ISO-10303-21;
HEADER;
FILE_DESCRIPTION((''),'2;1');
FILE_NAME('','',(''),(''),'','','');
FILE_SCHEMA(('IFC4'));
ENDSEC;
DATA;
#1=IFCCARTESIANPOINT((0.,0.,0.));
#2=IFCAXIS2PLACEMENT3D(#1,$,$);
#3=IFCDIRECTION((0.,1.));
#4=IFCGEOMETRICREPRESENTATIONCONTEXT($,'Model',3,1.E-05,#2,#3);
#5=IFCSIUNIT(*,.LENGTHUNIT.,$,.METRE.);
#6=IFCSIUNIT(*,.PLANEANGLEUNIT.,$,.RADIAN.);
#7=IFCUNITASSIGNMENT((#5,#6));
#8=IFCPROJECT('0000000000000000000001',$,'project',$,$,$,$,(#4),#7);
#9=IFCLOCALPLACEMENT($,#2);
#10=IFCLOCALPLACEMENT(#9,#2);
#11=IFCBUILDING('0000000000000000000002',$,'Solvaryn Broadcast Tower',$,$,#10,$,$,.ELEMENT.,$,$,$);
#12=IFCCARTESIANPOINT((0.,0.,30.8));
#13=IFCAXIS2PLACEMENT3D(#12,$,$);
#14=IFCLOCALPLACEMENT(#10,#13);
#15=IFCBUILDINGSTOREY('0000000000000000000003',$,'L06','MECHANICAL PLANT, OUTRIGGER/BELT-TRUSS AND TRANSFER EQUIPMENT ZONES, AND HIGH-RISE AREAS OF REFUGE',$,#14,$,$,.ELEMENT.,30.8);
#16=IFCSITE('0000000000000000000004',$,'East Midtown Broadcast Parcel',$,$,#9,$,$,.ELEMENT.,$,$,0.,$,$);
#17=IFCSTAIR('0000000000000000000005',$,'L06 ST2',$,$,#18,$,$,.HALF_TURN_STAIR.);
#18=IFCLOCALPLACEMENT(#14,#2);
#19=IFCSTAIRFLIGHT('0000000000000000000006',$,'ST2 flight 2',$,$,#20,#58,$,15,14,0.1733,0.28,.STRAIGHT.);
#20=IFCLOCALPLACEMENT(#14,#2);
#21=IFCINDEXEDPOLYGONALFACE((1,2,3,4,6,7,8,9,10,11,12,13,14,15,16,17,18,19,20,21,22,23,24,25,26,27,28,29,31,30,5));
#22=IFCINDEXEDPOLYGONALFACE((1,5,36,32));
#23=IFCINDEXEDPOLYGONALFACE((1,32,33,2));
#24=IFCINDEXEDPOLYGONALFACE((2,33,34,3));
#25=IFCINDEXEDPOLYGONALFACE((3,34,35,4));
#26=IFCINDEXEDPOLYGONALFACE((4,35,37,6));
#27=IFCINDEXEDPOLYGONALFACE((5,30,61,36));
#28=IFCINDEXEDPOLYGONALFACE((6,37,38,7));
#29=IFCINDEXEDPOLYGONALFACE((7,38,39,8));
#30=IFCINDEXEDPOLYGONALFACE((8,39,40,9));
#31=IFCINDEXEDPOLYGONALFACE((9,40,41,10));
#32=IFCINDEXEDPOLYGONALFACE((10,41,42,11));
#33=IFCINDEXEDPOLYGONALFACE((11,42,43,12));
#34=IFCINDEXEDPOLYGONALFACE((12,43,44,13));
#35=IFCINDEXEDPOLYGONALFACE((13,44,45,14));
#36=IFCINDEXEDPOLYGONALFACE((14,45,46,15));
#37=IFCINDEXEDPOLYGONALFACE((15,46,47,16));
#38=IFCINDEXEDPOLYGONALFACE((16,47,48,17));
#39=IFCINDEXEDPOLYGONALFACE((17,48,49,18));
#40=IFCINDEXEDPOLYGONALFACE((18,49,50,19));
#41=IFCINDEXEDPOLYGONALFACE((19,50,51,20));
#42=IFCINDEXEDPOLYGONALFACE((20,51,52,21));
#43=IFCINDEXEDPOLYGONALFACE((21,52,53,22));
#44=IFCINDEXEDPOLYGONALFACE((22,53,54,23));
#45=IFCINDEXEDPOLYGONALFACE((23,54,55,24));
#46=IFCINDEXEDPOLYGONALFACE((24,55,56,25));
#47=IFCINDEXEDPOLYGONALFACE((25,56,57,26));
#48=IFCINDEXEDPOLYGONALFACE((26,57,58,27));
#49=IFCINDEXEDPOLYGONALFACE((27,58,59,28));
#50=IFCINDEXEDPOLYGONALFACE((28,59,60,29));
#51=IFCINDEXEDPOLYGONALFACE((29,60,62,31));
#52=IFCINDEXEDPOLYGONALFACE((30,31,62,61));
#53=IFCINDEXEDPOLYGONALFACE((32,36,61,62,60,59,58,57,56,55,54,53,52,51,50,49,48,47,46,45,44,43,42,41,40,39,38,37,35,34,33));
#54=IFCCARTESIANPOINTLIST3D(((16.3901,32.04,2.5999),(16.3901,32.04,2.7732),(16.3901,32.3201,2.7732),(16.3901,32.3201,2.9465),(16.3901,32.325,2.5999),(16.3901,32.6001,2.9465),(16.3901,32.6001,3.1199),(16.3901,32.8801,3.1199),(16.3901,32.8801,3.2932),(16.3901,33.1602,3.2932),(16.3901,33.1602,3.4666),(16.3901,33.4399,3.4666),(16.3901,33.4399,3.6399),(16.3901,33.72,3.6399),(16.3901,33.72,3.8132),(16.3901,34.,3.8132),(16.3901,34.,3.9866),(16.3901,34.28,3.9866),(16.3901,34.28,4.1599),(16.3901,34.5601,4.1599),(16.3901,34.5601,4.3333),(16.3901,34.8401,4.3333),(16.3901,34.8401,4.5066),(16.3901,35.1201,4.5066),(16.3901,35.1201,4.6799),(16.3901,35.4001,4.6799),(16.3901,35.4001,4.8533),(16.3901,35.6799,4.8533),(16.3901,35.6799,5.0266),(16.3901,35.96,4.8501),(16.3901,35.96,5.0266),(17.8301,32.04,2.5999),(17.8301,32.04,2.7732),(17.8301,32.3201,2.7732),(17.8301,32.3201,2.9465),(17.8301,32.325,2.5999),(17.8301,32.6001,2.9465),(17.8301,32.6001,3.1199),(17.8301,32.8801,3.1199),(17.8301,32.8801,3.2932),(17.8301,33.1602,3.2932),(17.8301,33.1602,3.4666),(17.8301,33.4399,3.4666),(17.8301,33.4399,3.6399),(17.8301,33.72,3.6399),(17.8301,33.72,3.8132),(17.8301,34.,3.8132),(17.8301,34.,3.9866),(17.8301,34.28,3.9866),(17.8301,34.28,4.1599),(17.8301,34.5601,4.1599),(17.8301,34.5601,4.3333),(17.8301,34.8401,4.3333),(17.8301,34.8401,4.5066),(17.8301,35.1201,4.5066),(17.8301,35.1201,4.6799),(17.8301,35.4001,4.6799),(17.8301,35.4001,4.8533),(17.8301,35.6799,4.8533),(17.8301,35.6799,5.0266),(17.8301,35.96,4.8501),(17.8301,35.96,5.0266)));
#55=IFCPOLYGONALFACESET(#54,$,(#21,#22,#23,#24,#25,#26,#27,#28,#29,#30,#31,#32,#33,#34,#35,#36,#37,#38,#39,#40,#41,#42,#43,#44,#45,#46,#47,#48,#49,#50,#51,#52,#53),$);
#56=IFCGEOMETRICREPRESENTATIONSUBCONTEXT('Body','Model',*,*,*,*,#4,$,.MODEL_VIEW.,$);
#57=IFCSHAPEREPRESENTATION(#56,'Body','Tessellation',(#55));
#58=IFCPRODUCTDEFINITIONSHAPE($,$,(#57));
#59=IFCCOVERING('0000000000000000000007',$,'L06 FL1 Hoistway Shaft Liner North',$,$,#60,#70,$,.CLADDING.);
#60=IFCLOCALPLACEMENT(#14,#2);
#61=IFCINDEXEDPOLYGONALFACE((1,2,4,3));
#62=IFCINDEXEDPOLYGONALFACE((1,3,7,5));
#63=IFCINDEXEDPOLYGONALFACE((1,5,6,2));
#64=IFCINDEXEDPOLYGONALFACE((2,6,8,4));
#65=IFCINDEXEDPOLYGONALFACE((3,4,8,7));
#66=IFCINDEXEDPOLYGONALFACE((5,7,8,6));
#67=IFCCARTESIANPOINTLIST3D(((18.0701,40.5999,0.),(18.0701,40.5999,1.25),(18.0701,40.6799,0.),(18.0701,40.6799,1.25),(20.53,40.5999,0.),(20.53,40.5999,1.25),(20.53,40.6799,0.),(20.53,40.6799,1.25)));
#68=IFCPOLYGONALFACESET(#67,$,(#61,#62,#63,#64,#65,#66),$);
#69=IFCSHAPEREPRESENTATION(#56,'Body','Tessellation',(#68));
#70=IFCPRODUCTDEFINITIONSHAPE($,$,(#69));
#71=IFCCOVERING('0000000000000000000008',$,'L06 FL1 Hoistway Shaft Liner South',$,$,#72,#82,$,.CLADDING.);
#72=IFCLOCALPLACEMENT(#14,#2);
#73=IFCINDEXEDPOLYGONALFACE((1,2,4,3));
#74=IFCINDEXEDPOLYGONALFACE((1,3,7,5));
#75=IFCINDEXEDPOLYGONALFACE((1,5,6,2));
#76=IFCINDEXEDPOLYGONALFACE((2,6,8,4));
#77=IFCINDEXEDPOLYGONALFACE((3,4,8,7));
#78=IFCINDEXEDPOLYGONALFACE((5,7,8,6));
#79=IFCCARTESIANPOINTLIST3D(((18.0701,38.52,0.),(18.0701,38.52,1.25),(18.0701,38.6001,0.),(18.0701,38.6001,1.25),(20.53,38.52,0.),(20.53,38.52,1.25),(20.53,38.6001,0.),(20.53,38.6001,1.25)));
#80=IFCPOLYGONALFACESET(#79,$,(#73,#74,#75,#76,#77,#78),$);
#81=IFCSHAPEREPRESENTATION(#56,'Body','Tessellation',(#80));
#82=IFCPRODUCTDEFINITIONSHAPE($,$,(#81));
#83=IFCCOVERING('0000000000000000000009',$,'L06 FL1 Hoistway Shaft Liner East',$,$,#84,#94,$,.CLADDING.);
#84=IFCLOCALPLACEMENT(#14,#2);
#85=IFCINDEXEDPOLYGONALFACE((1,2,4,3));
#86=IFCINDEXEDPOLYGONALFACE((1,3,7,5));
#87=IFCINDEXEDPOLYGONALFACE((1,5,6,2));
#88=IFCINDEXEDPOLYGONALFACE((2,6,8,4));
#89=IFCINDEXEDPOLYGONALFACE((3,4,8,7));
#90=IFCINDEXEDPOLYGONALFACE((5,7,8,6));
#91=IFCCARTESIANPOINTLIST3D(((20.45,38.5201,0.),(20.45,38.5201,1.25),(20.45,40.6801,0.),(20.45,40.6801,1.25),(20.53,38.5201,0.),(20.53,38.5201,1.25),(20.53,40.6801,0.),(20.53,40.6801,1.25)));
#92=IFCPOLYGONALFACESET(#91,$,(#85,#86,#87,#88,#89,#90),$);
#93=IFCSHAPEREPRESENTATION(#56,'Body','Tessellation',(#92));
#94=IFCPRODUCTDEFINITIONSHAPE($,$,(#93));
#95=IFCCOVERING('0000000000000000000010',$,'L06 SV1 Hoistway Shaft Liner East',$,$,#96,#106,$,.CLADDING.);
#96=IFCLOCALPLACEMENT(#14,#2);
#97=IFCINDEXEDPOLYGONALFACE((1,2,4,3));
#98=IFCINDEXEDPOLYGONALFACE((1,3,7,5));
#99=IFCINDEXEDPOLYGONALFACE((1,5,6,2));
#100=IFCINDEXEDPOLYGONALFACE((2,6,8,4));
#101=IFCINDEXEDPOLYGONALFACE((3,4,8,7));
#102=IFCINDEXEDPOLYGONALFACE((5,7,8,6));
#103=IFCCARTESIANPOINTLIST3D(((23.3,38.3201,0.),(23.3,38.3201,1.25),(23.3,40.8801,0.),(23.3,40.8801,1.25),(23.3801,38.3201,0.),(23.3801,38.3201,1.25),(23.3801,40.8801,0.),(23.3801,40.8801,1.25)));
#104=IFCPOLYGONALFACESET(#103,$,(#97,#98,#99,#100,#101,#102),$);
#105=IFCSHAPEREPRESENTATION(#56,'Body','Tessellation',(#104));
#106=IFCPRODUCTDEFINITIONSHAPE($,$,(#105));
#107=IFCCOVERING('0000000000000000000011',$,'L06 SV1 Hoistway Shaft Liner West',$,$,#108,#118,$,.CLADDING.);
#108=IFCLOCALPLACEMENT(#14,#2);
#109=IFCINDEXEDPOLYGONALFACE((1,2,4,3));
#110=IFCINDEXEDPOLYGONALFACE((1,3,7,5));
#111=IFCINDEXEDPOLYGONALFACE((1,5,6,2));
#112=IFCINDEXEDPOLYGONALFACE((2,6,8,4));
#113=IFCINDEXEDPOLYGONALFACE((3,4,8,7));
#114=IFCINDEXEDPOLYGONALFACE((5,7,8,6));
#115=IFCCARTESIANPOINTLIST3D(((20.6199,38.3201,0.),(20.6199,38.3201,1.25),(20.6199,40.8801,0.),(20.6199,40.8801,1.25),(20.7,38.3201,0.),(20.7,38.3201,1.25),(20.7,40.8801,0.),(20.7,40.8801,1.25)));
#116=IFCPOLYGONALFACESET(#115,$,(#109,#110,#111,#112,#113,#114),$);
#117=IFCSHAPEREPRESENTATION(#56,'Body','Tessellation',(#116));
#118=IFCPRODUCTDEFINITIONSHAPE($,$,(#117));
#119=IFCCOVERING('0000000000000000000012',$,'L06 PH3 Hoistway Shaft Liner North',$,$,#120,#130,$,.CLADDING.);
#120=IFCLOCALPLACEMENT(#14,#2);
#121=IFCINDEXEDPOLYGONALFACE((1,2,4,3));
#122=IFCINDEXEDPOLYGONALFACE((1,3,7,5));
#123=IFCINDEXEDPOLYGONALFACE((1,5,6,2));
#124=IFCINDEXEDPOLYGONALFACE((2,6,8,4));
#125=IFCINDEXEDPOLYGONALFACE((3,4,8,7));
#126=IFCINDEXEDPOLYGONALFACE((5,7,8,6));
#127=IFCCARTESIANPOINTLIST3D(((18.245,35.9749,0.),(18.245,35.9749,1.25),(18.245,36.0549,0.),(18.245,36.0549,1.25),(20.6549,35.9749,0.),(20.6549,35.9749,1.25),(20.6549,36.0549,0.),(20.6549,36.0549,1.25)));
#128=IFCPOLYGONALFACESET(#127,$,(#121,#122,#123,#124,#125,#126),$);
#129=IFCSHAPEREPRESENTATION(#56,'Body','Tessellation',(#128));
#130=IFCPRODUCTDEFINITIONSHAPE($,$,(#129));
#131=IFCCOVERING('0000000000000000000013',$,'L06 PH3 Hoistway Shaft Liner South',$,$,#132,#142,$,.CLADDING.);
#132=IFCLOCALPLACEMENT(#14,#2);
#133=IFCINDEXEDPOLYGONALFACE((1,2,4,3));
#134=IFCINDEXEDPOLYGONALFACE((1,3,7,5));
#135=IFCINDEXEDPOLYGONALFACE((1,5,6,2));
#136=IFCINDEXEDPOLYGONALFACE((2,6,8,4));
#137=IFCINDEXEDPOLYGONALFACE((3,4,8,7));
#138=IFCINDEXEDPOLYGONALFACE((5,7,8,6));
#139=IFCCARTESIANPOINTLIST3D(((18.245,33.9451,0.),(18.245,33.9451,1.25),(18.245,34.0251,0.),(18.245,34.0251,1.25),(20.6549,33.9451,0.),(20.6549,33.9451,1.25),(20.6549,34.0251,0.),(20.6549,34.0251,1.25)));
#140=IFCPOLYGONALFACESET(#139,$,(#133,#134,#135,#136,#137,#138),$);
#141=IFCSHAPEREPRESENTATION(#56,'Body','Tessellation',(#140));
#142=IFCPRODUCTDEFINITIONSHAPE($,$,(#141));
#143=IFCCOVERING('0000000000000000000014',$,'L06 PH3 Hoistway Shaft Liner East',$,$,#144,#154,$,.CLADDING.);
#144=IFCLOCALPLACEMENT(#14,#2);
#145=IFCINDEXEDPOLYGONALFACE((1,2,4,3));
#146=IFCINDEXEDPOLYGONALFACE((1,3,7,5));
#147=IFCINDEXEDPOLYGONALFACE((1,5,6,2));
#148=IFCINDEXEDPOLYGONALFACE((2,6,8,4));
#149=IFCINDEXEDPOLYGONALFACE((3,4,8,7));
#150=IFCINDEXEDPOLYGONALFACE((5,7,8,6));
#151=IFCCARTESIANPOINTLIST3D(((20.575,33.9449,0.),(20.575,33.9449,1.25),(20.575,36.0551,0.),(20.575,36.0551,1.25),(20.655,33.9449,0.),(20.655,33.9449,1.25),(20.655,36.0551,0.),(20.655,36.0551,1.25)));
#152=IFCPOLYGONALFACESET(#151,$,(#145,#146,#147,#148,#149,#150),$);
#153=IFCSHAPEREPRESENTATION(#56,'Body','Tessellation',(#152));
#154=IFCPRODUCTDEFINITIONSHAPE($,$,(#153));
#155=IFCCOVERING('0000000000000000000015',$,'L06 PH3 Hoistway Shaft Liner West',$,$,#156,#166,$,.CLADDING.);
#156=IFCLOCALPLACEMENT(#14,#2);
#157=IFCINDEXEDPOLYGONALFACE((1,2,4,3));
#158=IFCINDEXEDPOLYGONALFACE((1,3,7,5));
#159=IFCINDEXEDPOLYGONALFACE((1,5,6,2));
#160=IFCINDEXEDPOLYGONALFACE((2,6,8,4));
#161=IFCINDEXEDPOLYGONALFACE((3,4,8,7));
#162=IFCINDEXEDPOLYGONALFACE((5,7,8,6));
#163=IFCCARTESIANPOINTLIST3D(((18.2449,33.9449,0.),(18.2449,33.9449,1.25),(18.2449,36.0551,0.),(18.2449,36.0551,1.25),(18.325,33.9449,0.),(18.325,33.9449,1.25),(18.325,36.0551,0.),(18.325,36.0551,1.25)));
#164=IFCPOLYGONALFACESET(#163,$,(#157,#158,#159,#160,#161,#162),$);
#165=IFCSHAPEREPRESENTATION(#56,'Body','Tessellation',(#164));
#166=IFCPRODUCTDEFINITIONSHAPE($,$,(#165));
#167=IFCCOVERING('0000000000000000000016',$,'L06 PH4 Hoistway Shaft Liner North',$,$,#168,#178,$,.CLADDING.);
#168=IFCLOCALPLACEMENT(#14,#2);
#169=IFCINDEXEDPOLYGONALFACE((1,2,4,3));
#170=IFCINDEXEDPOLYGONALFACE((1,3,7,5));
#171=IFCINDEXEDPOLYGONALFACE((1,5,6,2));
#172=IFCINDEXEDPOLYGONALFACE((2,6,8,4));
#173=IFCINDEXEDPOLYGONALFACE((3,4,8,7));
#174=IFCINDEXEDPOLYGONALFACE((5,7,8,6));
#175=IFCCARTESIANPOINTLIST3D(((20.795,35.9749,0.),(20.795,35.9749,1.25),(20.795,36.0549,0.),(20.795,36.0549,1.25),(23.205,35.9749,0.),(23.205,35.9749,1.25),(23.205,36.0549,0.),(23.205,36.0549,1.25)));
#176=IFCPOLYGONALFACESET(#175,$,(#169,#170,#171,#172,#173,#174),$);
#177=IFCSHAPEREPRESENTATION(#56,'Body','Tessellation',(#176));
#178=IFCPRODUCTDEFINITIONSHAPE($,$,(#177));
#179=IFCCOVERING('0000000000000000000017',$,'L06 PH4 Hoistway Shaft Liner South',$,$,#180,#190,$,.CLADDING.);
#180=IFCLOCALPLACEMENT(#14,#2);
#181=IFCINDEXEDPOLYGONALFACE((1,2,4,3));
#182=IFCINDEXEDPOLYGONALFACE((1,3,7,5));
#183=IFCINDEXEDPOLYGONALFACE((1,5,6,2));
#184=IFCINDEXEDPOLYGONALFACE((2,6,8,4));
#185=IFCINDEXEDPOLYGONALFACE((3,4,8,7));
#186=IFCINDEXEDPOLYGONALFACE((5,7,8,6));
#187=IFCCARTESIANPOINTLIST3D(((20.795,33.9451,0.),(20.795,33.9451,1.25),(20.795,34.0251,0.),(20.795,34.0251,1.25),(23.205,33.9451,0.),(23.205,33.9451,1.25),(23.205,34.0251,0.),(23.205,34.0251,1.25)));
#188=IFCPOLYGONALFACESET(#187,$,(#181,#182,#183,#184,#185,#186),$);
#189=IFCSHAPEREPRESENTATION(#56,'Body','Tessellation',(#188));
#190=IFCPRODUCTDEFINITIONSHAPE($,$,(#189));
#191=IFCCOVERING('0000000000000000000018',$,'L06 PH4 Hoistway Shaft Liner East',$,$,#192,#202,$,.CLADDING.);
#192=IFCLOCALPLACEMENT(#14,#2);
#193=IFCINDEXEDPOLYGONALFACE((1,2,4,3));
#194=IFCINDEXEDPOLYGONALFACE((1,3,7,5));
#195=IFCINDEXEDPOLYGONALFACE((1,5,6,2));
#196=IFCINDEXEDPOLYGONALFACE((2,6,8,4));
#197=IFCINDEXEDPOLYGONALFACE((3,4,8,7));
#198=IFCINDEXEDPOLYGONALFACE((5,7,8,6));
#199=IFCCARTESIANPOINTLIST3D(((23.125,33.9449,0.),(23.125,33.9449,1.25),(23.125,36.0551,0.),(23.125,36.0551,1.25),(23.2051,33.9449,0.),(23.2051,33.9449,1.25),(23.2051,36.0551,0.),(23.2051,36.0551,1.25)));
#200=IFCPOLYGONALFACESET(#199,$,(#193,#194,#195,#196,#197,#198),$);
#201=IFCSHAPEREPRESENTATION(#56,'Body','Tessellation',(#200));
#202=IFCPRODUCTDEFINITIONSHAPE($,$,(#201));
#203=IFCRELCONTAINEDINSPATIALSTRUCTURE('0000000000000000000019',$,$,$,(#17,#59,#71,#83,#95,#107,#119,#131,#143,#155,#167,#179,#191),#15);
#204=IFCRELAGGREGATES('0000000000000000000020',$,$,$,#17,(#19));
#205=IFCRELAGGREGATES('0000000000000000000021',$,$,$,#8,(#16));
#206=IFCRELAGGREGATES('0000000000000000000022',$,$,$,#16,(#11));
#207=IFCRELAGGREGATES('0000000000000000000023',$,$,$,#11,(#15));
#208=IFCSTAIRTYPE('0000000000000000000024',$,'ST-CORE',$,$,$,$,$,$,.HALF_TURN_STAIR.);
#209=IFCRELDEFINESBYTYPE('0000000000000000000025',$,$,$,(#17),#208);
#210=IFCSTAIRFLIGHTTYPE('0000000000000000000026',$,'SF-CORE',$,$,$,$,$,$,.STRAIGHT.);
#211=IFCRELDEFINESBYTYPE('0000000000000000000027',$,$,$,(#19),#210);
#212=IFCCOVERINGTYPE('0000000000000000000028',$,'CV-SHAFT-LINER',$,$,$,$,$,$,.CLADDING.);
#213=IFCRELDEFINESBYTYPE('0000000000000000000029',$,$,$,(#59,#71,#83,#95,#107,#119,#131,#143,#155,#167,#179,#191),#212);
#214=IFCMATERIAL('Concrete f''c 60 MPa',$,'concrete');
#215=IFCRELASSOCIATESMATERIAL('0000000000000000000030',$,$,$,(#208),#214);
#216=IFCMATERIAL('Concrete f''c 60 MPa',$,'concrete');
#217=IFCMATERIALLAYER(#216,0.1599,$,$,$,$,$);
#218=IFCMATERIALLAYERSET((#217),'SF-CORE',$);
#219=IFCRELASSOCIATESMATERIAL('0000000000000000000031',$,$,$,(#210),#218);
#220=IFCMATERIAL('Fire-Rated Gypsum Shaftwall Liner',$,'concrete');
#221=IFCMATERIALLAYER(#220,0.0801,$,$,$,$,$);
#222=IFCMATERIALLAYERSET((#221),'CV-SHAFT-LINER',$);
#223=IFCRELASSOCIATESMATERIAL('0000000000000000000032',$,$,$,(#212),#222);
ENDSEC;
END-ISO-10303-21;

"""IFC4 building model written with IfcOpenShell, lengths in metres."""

from ifc_helpers import new_model, si_unit, direction, frame, origin, origin_2d, place, context, subcontext, project, spatial, polyline, rectangle, outline, extrude, material, layer, layer_set, type_object, element, aggregate, save


model = new_model("IFC4")

# Units and contexts
model_context = context("Model", 3, precision=1e-05, world=origin(), true_north=direction((0.0, 1.0)))
body_context = subcontext(model_context, "Body", "Model", "MODEL_VIEW")
ifc_project = project(units=[si_unit("LENGTHUNIT", "METRE"), si_unit("PLANEANGLEUNIT", "RADIAN")], contexts=[model_context])

# Site, building, storey
site_placement = place(None, origin())
site = spatial("IfcSite", under=ifc_project, at=site_placement, Name="East Midtown Broadcast Parcel", CompositionType="ELEMENT", RefElevation=0.0)
building_placement = place(site_placement, origin())
building = spatial("IfcBuilding", under=site, at=building_placement, Name="Solvaryn Broadcast Tower", CompositionType="ELEMENT")
storey_placement = place(building_placement, frame((0.0, 0.0, 30.8)))
storey = spatial("IfcBuildingStorey", under=building, at=storey_placement, Name="L06", Description="MECHANICAL PLANT, OUTRIGGER/BELT-TRUSS AND TRANSFER EQUIPMENT ZONES, AND HIGH-RISE AREAS OF REFUGE", CompositionType="ELEMENT", Elevation=30.8)

# Stair, stair flight
ifc_material_1 = material(Name="Concrete f'c 60 MPa", Category="concrete")
stair_type = type_object("IfcStairType", Name="ST-CORE", PredefinedType="HALF_TURN_STAIR", material=ifc_material_1)
stair_placement = place(storey_placement, origin())
stair = element("IfcStair", 1, at=stair_placement, inside=storey, type_object=stair_type, Name="L06 ST2", PredefinedType="HALF_TURN_STAIR")
ifc_material_2 = material(Name="Concrete f'c 60 MPa", Category="concrete")
ifc_layer_1 = layer(ifc_material_2, 0.1599)
ifc_layer_set_1 = layer_set([ifc_layer_1], Name="SF-CORE")
stair_flight_type = type_object("IfcStairFlightType", Name="SF-CORE", PredefinedType="STRAIGHT", material=ifc_layer_set_1)
stair_flight_1_placement = place(storey_placement, frame((17.1101, 32.04, 2.5999), z_axis=(0.0, 0.0, 1.0), x_axis=(0.0, 1.0, 0.0)))
stair_flight_1 = element("IfcStairFlight", 2, at=stair_flight_1_placement, type_object=stair_flight_type, Name="ST2 flight 2", NumberOfRisers=15, NumberOfTreads=14, PredefinedType="STRAIGHT", RiserHeight=0.1733, TreadLength=0.28, context=body_context, shape_type="SweptSolid", body=[
    extrude(outline(polyline([(0.0, 0.0), (0.0, 0.1733), (0.28, 0.1733), (0.28, 0.3467), (0.5601, 0.3467), (0.5601, 0.52), (0.8401, 0.52), (0.8401, 0.6934), (1.1201, 0.6934), (1.1201, 0.8667), (1.3999, 0.8667), (1.3999, 1.04), (1.6799, 1.04), (1.6799, 1.2134), (1.96, 1.2134), (1.96, 1.3867), (2.24, 1.3867), (2.24, 1.5601), (2.52, 1.5601), (2.52, 1.7334), (2.8, 1.7334), (2.8, 1.9067), (3.0801, 1.9067), (3.0801, 2.0801), (3.3601, 2.0801), (3.3601, 2.2534), (3.6399, 2.2534), (3.6399, 2.4268), (3.9199, 2.4268), (3.9199, 2.6001), (3.9199, 2.2502), (0.2849, 0.0), (0.0, 0.0)])), frame((0.0, 0.72, 0.0), z_axis=(0.0, -1.0, 0.0), x_axis=(1.0, 0.0, 0.0)), (0.0, 0.0, 1.0), 1.4399),
])
aggregate(stair, [stair_flight_1])

# Coverings
ifc_material_3 = material(Name="Fire-Rated Gypsum Shaftwall Liner", Category="concrete")
ifc_layer_2 = layer(ifc_material_3, 0.0801)
ifc_layer_set_2 = layer_set([ifc_layer_2], Name="CV-SHAFT-LINER")
covering_type = type_object("IfcCoveringType", Name="CV-SHAFT-LINER", PredefinedType="CLADDING", material=ifc_layer_set_2)
for number, where, z_axis, x_axis, name in (
    (3, (19.3, 40.6399, 0.0), (0.0, 0.0, 1.0), (1.0, 0.0, 0.0), "L06 FL1 Hoistway Shaft Liner North"),
    (4, (19.3, 38.5601, 0.0), (0.0, 0.0, 1.0), (1.0, 0.0, 0.0), "L06 FL1 Hoistway Shaft Liner South"),
):
    element("IfcCovering", number, at=place(storey_placement, frame(where, z_axis=z_axis, x_axis=x_axis)), inside=storey, type_object=covering_type, Name=name, PredefinedType="CLADDING", context=body_context, shape_type="SweptSolid", body=[
        extrude(rectangle(XDim=2.46, YDim=0.0801, at=origin_2d()), origin(), (0.0, 0.0, 1.0), 1.25),
    ])
covering_placement = place(storey_placement, frame((20.49, 39.6001, 0.0), z_axis=(0.0, 0.0, 1.0), x_axis=(1.0, 0.0, 0.0)))
element("IfcCovering", 5, at=covering_placement, inside=storey, type_object=covering_type, Name="L06 FL1 Hoistway Shaft Liner East", PredefinedType="CLADDING", context=body_context, shape_type="SweptSolid", body=[
    extrude(rectangle(XDim=0.0801, YDim=2.1599, at=origin_2d()), origin(), (0.0, 0.0, 1.0), 1.25),
])
for number, where, z_axis, x_axis, name in (
    (6, (23.3401, 39.6001, 0.0), (0.0, 0.0, 1.0), (1.0, 0.0, 0.0), "L06 SV1 Hoistway Shaft Liner East"),
    (7, (20.6599, 39.6001, 0.0), (0.0, 0.0, 1.0), (1.0, 0.0, 0.0), "L06 SV1 Hoistway Shaft Liner West"),
):
    element("IfcCovering", number, at=place(storey_placement, frame(where, z_axis=z_axis, x_axis=x_axis)), inside=storey, type_object=covering_type, Name=name, PredefinedType="CLADDING", context=body_context, shape_type="SweptSolid", body=[
        extrude(rectangle(XDim=0.0801, YDim=2.5601, at=origin_2d()), origin(), (0.0, 0.0, 1.0), 1.25),
    ])
for number, where, z_axis, x_axis, name in (
    (8, (19.45, 36.0149, 0.0), (0.0, 0.0, 1.0), (1.0, 0.0, 0.0), "L06 PH3 Hoistway Shaft Liner North"),
    (9, (19.45, 33.9851, 0.0), (0.0, 0.0, 1.0), (1.0, 0.0, 0.0), "L06 PH3 Hoistway Shaft Liner South"),
):
    element("IfcCovering", number, at=place(storey_placement, frame(where, z_axis=z_axis, x_axis=x_axis)), inside=storey, type_object=covering_type, Name=name, PredefinedType="CLADDING", context=body_context, shape_type="SweptSolid", body=[
        extrude(rectangle(XDim=2.4099, YDim=0.0801, at=origin_2d()), origin(), (0.0, 0.0, 1.0), 1.25),
    ])
for number, where, z_axis, x_axis, name in (
    (10, (20.615, 35.0, 0.0), (0.0, 0.0, 1.0), (1.0, 0.0, 0.0), "L06 PH3 Hoistway Shaft Liner East"),
    (11, (18.2849, 35.0, 0.0), (0.0, 0.0, 1.0), (1.0, 0.0, 0.0), "L06 PH3 Hoistway Shaft Liner West"),
):
    element("IfcCovering", number, at=place(storey_placement, frame(where, z_axis=z_axis, x_axis=x_axis)), inside=storey, type_object=covering_type, Name=name, PredefinedType="CLADDING", context=body_context, shape_type="SweptSolid", body=[
        extrude(rectangle(XDim=0.0801, YDim=2.1101, at=origin_2d()), origin(), (0.0, 0.0, 1.0), 1.25),
    ])
for number, where, z_axis, x_axis, name in (
    (12, (22.0, 36.0149, 0.0), (0.0, 0.0, 1.0), (1.0, 0.0, 0.0), "L06 PH4 Hoistway Shaft Liner North"),
    (13, (22.0, 33.9851, 0.0), (0.0, 0.0, 1.0), (1.0, 0.0, 0.0), "L06 PH4 Hoistway Shaft Liner South"),
):
    element("IfcCovering", number, at=place(storey_placement, frame(where, z_axis=z_axis, x_axis=x_axis)), inside=storey, type_object=covering_type, Name=name, PredefinedType="CLADDING", context=body_context, shape_type="SweptSolid", body=[
        extrude(rectangle(XDim=2.4099, YDim=0.0801, at=origin_2d()), origin(), (0.0, 0.0, 1.0), 1.25),
    ])
for number, where, z_axis, x_axis, name in (
    (14, (23.165, 35.0, 0.0), (0.0, 0.0, 1.0), (1.0, 0.0, 0.0), "L06 PH4 Hoistway Shaft Liner East"),
):
    element("IfcCovering", number, at=place(storey_placement, frame(where, z_axis=z_axis, x_axis=x_axis)), inside=storey, type_object=covering_type, Name=name, PredefinedType="CLADDING", context=body_context, shape_type="SweptSolid", body=[
        extrude(rectangle(XDim=0.0801, YDim=2.1101, at=origin_2d()), origin(), (0.0, 0.0, 1.0), 1.25),
    ])

save(model, "model.ifc")
